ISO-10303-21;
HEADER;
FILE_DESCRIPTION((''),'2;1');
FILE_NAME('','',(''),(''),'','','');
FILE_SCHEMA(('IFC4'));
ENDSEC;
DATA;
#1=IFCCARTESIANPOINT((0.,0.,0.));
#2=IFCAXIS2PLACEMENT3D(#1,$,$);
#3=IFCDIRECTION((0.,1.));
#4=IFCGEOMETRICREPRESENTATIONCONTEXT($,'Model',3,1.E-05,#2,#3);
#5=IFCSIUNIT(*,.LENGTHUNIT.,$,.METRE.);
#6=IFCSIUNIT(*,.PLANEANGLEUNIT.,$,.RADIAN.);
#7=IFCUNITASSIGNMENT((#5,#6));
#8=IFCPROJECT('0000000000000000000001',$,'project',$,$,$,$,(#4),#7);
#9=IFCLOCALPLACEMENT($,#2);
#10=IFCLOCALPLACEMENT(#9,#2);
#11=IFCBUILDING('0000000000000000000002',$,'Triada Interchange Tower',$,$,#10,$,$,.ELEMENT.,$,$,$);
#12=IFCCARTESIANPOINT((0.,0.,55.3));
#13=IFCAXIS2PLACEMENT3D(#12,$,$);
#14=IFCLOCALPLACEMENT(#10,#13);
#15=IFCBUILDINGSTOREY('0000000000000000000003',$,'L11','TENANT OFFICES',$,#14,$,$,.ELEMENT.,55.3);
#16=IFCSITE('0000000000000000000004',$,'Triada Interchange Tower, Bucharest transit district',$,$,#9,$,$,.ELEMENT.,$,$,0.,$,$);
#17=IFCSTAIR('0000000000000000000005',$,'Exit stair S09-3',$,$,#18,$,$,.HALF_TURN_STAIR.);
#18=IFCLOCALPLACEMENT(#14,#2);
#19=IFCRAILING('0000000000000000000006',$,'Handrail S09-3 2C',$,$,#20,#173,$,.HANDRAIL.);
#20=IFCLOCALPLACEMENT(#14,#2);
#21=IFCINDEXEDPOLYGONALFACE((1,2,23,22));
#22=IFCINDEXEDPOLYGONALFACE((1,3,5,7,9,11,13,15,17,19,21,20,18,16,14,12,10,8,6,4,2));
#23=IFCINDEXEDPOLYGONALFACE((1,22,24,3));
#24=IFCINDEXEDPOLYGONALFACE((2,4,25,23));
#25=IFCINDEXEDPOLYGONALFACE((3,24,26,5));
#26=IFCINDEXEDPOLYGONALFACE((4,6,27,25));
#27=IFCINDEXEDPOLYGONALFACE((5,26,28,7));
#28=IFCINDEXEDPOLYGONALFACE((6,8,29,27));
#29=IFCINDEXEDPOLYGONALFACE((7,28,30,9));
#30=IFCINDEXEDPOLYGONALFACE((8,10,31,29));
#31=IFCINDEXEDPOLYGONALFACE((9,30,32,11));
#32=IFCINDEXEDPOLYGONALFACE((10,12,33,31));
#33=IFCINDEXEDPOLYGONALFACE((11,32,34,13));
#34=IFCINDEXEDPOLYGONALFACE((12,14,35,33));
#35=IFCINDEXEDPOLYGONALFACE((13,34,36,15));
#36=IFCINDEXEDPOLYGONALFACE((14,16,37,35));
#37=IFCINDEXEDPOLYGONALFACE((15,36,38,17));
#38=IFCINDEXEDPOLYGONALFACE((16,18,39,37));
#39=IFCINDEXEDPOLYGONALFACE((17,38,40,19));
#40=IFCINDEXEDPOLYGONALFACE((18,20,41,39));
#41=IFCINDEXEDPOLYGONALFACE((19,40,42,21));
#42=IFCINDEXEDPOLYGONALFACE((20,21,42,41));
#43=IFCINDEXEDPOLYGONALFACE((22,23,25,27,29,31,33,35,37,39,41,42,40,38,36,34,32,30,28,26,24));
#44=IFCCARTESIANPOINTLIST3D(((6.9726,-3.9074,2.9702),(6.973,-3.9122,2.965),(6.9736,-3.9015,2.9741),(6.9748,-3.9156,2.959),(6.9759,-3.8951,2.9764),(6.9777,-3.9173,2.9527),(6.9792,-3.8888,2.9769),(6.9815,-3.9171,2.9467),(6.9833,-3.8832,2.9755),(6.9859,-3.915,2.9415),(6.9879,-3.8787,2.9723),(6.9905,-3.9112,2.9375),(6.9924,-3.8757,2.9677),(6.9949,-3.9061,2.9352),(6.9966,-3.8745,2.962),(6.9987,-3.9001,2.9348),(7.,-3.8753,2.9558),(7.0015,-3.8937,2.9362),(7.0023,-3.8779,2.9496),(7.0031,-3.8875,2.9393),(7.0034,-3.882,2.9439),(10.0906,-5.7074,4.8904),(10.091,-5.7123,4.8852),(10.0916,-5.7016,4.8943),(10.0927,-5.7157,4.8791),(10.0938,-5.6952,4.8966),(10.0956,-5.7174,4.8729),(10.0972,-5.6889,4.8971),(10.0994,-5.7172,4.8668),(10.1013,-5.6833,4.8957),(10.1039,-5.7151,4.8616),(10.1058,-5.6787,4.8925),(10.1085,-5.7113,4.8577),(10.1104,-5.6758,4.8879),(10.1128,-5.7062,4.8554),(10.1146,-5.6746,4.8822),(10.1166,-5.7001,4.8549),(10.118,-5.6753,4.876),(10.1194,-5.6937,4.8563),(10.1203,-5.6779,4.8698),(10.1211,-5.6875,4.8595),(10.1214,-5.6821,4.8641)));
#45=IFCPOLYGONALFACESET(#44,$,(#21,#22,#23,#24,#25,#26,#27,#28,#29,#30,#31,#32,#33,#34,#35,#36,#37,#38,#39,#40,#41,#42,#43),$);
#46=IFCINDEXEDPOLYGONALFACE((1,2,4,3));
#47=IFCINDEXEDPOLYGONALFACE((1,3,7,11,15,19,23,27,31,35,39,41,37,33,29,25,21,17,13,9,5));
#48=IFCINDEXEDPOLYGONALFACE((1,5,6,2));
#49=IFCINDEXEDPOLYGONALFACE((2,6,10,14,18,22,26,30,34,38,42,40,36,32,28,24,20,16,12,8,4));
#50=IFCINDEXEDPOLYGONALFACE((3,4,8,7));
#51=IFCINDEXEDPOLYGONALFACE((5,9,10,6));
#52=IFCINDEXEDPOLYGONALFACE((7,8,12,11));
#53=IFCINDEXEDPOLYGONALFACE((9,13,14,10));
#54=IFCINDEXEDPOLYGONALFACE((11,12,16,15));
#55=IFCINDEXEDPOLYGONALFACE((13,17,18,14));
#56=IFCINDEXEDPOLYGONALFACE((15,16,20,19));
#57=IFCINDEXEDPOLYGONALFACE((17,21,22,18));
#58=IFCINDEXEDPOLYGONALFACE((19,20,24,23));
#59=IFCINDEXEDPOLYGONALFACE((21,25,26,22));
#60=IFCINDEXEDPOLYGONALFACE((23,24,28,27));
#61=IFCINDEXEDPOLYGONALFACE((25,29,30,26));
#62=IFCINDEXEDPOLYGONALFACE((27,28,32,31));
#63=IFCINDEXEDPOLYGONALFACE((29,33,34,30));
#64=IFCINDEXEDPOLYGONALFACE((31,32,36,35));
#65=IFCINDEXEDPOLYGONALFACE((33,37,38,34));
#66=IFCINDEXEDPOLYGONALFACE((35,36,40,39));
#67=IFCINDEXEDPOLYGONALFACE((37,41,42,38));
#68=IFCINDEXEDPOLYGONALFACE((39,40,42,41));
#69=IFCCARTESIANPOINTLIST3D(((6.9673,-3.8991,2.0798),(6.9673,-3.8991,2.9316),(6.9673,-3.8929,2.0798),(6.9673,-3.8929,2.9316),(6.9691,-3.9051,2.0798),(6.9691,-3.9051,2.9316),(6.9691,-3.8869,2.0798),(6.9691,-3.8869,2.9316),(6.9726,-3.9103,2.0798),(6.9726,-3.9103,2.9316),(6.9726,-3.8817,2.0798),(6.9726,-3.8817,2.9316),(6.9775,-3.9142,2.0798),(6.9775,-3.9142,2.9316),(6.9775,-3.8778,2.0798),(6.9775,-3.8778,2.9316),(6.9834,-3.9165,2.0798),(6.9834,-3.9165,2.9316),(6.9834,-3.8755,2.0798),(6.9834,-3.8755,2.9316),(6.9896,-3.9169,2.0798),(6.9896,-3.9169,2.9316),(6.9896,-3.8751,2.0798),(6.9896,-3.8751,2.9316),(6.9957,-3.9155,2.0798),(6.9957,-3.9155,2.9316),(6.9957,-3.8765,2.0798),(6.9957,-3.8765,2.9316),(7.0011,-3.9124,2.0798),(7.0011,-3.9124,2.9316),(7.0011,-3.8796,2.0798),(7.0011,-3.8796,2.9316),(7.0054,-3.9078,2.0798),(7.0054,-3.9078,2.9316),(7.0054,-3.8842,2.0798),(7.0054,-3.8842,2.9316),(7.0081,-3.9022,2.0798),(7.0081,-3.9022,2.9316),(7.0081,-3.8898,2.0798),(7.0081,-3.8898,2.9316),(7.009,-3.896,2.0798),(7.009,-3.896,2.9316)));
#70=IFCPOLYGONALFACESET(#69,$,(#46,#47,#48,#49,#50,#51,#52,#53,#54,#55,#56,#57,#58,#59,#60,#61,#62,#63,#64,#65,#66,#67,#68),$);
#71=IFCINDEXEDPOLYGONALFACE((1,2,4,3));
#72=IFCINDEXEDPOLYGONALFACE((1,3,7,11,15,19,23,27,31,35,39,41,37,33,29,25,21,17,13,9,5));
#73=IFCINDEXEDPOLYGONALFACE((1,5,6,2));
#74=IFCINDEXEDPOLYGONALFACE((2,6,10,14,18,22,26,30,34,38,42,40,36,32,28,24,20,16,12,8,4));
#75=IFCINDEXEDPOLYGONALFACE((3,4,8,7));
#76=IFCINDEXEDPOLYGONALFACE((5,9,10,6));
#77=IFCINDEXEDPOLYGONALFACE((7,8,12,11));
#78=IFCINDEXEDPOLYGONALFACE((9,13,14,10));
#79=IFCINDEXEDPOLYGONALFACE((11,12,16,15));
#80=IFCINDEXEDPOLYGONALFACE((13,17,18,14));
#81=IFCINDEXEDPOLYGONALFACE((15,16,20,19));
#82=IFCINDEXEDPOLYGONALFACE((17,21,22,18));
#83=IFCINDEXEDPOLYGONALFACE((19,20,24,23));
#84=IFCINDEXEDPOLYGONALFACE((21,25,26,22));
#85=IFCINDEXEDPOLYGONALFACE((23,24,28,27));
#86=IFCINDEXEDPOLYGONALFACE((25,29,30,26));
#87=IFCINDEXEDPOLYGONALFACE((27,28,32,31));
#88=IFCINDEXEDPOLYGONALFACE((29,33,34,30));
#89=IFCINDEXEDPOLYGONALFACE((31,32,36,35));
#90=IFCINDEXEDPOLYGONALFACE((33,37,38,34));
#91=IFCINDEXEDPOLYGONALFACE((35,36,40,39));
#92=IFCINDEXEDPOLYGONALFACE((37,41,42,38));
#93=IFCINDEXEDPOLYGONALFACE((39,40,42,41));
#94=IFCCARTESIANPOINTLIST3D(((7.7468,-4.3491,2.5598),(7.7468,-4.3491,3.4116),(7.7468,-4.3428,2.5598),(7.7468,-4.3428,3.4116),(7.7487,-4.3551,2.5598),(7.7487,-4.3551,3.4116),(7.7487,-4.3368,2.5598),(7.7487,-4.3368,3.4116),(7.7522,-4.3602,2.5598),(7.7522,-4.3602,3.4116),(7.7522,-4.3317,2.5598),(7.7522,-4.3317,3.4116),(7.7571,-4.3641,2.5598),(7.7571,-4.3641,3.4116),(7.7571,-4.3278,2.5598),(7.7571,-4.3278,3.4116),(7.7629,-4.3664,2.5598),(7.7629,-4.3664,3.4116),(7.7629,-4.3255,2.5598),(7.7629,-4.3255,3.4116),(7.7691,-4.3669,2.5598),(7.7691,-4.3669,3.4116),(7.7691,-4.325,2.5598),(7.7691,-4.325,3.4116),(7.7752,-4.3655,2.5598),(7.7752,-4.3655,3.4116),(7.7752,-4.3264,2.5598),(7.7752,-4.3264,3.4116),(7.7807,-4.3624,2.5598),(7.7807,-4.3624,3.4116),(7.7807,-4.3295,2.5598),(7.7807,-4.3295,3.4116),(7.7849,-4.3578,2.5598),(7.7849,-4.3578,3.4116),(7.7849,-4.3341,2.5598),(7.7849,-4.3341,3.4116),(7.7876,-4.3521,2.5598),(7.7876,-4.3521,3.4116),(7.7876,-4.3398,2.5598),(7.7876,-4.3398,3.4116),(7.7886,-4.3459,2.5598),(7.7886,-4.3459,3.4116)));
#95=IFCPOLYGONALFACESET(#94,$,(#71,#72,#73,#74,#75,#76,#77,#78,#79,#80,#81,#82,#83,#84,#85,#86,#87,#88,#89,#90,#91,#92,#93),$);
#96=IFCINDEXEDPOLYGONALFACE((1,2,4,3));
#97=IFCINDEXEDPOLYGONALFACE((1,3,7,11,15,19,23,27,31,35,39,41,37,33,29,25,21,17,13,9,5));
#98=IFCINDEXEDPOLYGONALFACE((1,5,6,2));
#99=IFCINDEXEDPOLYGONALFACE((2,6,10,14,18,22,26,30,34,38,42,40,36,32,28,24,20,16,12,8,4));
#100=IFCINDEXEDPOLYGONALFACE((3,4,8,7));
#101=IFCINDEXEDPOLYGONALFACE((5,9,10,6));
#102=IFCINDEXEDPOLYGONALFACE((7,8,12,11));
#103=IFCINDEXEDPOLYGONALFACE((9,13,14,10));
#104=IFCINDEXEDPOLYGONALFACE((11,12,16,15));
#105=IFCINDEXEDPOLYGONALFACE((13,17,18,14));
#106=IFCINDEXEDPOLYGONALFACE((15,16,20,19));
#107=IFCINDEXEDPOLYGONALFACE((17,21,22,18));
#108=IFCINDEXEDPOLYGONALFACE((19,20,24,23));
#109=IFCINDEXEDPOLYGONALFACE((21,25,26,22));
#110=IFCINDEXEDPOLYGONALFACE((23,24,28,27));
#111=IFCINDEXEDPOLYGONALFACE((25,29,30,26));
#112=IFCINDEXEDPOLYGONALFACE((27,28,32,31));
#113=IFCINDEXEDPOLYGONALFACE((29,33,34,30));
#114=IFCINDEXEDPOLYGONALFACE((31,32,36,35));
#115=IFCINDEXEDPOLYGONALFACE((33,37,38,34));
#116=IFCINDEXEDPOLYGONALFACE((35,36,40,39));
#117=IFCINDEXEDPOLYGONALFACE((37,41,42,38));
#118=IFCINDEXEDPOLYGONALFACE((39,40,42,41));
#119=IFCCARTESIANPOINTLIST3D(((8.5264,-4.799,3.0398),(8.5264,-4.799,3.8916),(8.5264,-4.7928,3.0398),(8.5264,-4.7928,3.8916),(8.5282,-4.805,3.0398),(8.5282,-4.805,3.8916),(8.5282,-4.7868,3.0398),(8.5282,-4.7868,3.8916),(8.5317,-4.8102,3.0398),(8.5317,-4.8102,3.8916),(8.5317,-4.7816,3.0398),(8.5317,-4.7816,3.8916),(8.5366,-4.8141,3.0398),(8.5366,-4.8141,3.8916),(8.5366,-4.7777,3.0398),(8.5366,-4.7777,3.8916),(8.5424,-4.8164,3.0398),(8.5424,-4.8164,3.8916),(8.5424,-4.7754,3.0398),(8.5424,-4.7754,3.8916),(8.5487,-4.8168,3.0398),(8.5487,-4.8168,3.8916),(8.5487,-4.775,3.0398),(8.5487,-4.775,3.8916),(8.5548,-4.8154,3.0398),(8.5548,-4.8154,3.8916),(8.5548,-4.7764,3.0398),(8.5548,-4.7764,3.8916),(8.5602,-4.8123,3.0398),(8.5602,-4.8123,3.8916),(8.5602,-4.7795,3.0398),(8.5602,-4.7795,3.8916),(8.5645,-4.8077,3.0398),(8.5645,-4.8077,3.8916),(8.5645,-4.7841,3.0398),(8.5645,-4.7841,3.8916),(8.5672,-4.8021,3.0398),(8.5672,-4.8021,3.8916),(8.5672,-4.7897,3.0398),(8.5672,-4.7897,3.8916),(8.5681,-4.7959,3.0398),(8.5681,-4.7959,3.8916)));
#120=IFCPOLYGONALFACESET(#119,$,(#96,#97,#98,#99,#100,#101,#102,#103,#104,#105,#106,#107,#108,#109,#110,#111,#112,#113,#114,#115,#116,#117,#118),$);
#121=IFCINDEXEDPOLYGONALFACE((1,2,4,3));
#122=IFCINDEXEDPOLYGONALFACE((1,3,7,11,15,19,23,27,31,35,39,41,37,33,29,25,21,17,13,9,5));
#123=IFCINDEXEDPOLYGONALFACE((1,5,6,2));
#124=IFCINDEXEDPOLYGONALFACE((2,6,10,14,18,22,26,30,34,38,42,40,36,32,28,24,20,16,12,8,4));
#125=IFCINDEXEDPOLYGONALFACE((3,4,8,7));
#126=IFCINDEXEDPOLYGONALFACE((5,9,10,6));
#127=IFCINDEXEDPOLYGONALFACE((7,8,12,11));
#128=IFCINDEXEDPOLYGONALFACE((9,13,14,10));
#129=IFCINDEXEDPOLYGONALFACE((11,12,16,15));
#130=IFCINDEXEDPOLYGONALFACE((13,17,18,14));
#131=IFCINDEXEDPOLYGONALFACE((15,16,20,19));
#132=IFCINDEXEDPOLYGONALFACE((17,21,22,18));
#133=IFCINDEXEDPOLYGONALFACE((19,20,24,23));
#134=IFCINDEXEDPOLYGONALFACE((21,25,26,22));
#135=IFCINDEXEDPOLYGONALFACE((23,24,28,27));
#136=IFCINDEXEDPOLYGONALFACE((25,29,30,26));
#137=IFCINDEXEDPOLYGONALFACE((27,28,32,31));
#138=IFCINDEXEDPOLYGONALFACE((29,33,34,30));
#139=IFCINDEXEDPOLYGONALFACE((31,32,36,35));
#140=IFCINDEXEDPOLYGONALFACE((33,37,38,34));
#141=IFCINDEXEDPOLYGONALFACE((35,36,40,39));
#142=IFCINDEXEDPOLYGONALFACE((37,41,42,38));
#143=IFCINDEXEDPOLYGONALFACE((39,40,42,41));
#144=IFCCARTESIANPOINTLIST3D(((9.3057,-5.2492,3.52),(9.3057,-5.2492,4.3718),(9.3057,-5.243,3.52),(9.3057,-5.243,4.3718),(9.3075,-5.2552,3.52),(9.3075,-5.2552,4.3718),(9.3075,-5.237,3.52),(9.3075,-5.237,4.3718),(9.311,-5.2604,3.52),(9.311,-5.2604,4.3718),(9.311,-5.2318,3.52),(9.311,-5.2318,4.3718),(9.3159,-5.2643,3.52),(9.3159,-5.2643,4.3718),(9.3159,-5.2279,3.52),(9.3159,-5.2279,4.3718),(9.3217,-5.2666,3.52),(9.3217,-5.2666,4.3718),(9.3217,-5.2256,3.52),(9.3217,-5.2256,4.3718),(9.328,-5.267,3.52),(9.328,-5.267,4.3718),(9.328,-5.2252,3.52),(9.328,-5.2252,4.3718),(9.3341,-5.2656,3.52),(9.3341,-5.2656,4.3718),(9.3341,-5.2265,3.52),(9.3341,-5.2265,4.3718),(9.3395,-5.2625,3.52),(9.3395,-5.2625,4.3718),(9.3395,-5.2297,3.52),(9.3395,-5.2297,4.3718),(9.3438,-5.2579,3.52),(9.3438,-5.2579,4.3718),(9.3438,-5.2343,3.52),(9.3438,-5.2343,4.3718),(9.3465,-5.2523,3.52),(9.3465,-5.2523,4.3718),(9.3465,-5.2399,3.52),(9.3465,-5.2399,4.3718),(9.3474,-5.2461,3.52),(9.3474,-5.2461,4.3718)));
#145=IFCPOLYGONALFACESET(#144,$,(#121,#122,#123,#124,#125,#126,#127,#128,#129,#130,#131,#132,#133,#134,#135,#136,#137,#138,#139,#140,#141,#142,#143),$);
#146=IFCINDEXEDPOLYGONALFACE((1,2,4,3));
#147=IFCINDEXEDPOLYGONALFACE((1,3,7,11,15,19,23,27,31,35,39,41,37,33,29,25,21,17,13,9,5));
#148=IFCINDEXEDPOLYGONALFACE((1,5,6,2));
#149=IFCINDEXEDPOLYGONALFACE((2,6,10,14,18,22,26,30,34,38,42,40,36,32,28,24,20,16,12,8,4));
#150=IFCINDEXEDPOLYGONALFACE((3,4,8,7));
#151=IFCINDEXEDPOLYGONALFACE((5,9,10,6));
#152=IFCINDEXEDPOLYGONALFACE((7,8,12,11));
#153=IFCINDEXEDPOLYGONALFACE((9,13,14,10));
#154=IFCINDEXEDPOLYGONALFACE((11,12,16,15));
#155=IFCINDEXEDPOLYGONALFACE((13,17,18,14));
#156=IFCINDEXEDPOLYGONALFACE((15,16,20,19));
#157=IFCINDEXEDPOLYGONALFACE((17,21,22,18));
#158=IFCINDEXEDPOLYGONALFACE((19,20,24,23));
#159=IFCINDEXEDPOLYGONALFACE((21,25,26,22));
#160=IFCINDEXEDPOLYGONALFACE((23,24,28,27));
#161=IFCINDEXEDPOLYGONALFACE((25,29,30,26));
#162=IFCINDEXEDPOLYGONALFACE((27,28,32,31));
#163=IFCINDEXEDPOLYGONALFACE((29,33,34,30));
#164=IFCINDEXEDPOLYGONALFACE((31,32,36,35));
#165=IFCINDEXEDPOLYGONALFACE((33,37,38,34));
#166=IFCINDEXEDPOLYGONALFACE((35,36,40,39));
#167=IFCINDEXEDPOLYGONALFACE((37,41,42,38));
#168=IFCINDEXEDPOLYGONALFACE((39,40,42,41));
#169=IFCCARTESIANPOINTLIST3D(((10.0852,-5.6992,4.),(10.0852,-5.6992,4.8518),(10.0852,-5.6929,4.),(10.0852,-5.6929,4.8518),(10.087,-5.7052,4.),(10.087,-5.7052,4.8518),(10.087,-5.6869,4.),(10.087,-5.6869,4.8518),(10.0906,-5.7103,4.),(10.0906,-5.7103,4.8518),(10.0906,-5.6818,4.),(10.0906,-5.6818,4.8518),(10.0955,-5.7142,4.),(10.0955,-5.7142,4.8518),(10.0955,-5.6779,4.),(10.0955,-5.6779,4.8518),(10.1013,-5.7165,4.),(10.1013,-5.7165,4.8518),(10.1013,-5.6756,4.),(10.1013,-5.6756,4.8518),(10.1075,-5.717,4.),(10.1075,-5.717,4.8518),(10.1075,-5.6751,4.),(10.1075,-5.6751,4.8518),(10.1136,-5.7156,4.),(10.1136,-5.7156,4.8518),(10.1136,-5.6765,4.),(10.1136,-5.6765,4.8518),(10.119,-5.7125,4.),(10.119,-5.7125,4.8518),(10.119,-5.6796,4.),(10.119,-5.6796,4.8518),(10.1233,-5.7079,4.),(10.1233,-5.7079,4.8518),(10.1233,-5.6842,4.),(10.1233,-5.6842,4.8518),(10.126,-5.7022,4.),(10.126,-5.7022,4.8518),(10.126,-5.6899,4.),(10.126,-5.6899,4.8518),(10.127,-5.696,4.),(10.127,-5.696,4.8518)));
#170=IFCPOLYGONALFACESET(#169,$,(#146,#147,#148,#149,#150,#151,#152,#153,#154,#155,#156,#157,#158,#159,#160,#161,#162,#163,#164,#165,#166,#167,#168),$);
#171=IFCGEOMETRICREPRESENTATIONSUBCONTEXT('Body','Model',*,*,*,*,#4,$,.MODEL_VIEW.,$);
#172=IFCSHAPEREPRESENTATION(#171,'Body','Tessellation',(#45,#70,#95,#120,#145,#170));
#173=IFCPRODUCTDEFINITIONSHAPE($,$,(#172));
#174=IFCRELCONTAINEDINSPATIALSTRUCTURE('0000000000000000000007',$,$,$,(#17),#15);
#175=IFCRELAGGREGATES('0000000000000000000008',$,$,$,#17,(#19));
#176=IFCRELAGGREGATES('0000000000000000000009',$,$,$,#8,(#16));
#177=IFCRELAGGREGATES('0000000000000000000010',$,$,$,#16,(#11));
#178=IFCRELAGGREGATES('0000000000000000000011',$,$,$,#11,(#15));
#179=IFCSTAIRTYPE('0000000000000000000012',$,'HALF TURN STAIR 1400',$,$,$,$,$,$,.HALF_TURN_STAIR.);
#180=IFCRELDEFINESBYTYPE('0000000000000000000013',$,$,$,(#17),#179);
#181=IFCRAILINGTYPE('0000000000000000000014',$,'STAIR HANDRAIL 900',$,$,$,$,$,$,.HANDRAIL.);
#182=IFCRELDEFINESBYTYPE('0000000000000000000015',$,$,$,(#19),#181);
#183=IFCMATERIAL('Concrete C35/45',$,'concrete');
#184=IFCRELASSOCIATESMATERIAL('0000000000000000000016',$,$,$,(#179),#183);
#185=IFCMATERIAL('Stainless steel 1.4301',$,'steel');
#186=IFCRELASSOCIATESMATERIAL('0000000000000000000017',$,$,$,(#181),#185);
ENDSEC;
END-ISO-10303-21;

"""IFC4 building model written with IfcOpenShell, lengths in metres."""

from ifc_helpers import new_model, si_unit, direction, frame, origin, origin_2d, place, context, subcontext, project, spatial, circle, extrude, material, type_object, element, aggregate, save


model = new_model("IFC4")

# Units and contexts
model_context = context("Model", 3, precision=1e-05, world=origin(), true_north=direction((0.0, 1.0)))
body_context = subcontext(model_context, "Body", "Model", "MODEL_VIEW")
ifc_project = project(units=[si_unit("LENGTHUNIT", "METRE"), si_unit("PLANEANGLEUNIT", "RADIAN")], contexts=[model_context])

# Site, building, storey
site_placement = place(None, origin())
site = spatial("IfcSite", under=ifc_project, at=site_placement, Name="Triada Interchange Tower, Bucharest transit district", CompositionType="ELEMENT", RefElevation=0.0)
building_placement = place(site_placement, origin())
building = spatial("IfcBuilding", under=site, at=building_placement, Name="Triada Interchange Tower", CompositionType="ELEMENT")
storey_placement = place(building_placement, frame((0.0, 0.0, 55.3)))
storey = spatial("IfcBuildingStorey", under=building, at=storey_placement, Name="L11", Description="TENANT OFFICES", CompositionType="ELEMENT", Elevation=55.3)

# Stair, railing
ifc_material_1 = material(Name="Concrete C35/45", Category="concrete")
stair_type = type_object("IfcStairType", Name="HALF TURN STAIR 1400", PredefinedType="HALF_TURN_STAIR", material=ifc_material_1)
stair_placement = place(storey_placement, origin())
stair = element("IfcStair", 1, at=stair_placement, inside=storey, type_object=stair_type, Name="Exit stair S09-3", PredefinedType="HALF_TURN_STAIR")
ifc_material_2 = material(Name="Stainless steel 1.4301", Category="steel")
railing_type = type_object("IfcRailingType", Name="STAIR HANDRAIL 900", PredefinedType="HANDRAIL", material=ifc_material_2)
railing_1_placement = place(storey_placement, frame((6.988, -3.896, 2.0798)))
railing_1 = element("IfcRailing", 2, at=railing_1_placement, type_object=railing_type, Name="Handrail S09-3 2C", PredefinedType="HANDRAIL", context=body_context, shape_type="SweptSolid", body=[
    extrude(circle(Radius=0.0239, at=origin_2d()), frame((0.0, 0.0, 0.876), z_axis=(0.764145, -0.441159, 0.470597), x_axis=(0.499983, 0.866035, 0.0)), (0.0, 0.0, 1.0), 4.0803),
    extrude(circle(Radius=0.021, at=origin_2d()), origin(), (0.0, 0.0, 1.0), 0.8518),
    extrude(circle(Radius=0.021, at=origin_2d()), frame((0.7795, -0.45, 0.48)), (0.0, 0.0, 1.0), 0.8518),
    extrude(circle(Radius=0.021, at=origin_2d()), frame((1.5591, -0.8999, 0.96)), (0.0, 0.0, 1.0), 0.8518),
    extrude(circle(Radius=0.021, at=origin_2d()), frame((2.3384, -1.3501, 1.4402)), (0.0, 0.0, 1.0), 0.8518),
    extrude(circle(Radius=0.021, at=origin_2d()), frame((3.1179, -1.8, 1.9202)), (0.0, 0.0, 1.0), 0.8518),
])
aggregate(stair, [railing_1])

save(model, "model.ifc")
